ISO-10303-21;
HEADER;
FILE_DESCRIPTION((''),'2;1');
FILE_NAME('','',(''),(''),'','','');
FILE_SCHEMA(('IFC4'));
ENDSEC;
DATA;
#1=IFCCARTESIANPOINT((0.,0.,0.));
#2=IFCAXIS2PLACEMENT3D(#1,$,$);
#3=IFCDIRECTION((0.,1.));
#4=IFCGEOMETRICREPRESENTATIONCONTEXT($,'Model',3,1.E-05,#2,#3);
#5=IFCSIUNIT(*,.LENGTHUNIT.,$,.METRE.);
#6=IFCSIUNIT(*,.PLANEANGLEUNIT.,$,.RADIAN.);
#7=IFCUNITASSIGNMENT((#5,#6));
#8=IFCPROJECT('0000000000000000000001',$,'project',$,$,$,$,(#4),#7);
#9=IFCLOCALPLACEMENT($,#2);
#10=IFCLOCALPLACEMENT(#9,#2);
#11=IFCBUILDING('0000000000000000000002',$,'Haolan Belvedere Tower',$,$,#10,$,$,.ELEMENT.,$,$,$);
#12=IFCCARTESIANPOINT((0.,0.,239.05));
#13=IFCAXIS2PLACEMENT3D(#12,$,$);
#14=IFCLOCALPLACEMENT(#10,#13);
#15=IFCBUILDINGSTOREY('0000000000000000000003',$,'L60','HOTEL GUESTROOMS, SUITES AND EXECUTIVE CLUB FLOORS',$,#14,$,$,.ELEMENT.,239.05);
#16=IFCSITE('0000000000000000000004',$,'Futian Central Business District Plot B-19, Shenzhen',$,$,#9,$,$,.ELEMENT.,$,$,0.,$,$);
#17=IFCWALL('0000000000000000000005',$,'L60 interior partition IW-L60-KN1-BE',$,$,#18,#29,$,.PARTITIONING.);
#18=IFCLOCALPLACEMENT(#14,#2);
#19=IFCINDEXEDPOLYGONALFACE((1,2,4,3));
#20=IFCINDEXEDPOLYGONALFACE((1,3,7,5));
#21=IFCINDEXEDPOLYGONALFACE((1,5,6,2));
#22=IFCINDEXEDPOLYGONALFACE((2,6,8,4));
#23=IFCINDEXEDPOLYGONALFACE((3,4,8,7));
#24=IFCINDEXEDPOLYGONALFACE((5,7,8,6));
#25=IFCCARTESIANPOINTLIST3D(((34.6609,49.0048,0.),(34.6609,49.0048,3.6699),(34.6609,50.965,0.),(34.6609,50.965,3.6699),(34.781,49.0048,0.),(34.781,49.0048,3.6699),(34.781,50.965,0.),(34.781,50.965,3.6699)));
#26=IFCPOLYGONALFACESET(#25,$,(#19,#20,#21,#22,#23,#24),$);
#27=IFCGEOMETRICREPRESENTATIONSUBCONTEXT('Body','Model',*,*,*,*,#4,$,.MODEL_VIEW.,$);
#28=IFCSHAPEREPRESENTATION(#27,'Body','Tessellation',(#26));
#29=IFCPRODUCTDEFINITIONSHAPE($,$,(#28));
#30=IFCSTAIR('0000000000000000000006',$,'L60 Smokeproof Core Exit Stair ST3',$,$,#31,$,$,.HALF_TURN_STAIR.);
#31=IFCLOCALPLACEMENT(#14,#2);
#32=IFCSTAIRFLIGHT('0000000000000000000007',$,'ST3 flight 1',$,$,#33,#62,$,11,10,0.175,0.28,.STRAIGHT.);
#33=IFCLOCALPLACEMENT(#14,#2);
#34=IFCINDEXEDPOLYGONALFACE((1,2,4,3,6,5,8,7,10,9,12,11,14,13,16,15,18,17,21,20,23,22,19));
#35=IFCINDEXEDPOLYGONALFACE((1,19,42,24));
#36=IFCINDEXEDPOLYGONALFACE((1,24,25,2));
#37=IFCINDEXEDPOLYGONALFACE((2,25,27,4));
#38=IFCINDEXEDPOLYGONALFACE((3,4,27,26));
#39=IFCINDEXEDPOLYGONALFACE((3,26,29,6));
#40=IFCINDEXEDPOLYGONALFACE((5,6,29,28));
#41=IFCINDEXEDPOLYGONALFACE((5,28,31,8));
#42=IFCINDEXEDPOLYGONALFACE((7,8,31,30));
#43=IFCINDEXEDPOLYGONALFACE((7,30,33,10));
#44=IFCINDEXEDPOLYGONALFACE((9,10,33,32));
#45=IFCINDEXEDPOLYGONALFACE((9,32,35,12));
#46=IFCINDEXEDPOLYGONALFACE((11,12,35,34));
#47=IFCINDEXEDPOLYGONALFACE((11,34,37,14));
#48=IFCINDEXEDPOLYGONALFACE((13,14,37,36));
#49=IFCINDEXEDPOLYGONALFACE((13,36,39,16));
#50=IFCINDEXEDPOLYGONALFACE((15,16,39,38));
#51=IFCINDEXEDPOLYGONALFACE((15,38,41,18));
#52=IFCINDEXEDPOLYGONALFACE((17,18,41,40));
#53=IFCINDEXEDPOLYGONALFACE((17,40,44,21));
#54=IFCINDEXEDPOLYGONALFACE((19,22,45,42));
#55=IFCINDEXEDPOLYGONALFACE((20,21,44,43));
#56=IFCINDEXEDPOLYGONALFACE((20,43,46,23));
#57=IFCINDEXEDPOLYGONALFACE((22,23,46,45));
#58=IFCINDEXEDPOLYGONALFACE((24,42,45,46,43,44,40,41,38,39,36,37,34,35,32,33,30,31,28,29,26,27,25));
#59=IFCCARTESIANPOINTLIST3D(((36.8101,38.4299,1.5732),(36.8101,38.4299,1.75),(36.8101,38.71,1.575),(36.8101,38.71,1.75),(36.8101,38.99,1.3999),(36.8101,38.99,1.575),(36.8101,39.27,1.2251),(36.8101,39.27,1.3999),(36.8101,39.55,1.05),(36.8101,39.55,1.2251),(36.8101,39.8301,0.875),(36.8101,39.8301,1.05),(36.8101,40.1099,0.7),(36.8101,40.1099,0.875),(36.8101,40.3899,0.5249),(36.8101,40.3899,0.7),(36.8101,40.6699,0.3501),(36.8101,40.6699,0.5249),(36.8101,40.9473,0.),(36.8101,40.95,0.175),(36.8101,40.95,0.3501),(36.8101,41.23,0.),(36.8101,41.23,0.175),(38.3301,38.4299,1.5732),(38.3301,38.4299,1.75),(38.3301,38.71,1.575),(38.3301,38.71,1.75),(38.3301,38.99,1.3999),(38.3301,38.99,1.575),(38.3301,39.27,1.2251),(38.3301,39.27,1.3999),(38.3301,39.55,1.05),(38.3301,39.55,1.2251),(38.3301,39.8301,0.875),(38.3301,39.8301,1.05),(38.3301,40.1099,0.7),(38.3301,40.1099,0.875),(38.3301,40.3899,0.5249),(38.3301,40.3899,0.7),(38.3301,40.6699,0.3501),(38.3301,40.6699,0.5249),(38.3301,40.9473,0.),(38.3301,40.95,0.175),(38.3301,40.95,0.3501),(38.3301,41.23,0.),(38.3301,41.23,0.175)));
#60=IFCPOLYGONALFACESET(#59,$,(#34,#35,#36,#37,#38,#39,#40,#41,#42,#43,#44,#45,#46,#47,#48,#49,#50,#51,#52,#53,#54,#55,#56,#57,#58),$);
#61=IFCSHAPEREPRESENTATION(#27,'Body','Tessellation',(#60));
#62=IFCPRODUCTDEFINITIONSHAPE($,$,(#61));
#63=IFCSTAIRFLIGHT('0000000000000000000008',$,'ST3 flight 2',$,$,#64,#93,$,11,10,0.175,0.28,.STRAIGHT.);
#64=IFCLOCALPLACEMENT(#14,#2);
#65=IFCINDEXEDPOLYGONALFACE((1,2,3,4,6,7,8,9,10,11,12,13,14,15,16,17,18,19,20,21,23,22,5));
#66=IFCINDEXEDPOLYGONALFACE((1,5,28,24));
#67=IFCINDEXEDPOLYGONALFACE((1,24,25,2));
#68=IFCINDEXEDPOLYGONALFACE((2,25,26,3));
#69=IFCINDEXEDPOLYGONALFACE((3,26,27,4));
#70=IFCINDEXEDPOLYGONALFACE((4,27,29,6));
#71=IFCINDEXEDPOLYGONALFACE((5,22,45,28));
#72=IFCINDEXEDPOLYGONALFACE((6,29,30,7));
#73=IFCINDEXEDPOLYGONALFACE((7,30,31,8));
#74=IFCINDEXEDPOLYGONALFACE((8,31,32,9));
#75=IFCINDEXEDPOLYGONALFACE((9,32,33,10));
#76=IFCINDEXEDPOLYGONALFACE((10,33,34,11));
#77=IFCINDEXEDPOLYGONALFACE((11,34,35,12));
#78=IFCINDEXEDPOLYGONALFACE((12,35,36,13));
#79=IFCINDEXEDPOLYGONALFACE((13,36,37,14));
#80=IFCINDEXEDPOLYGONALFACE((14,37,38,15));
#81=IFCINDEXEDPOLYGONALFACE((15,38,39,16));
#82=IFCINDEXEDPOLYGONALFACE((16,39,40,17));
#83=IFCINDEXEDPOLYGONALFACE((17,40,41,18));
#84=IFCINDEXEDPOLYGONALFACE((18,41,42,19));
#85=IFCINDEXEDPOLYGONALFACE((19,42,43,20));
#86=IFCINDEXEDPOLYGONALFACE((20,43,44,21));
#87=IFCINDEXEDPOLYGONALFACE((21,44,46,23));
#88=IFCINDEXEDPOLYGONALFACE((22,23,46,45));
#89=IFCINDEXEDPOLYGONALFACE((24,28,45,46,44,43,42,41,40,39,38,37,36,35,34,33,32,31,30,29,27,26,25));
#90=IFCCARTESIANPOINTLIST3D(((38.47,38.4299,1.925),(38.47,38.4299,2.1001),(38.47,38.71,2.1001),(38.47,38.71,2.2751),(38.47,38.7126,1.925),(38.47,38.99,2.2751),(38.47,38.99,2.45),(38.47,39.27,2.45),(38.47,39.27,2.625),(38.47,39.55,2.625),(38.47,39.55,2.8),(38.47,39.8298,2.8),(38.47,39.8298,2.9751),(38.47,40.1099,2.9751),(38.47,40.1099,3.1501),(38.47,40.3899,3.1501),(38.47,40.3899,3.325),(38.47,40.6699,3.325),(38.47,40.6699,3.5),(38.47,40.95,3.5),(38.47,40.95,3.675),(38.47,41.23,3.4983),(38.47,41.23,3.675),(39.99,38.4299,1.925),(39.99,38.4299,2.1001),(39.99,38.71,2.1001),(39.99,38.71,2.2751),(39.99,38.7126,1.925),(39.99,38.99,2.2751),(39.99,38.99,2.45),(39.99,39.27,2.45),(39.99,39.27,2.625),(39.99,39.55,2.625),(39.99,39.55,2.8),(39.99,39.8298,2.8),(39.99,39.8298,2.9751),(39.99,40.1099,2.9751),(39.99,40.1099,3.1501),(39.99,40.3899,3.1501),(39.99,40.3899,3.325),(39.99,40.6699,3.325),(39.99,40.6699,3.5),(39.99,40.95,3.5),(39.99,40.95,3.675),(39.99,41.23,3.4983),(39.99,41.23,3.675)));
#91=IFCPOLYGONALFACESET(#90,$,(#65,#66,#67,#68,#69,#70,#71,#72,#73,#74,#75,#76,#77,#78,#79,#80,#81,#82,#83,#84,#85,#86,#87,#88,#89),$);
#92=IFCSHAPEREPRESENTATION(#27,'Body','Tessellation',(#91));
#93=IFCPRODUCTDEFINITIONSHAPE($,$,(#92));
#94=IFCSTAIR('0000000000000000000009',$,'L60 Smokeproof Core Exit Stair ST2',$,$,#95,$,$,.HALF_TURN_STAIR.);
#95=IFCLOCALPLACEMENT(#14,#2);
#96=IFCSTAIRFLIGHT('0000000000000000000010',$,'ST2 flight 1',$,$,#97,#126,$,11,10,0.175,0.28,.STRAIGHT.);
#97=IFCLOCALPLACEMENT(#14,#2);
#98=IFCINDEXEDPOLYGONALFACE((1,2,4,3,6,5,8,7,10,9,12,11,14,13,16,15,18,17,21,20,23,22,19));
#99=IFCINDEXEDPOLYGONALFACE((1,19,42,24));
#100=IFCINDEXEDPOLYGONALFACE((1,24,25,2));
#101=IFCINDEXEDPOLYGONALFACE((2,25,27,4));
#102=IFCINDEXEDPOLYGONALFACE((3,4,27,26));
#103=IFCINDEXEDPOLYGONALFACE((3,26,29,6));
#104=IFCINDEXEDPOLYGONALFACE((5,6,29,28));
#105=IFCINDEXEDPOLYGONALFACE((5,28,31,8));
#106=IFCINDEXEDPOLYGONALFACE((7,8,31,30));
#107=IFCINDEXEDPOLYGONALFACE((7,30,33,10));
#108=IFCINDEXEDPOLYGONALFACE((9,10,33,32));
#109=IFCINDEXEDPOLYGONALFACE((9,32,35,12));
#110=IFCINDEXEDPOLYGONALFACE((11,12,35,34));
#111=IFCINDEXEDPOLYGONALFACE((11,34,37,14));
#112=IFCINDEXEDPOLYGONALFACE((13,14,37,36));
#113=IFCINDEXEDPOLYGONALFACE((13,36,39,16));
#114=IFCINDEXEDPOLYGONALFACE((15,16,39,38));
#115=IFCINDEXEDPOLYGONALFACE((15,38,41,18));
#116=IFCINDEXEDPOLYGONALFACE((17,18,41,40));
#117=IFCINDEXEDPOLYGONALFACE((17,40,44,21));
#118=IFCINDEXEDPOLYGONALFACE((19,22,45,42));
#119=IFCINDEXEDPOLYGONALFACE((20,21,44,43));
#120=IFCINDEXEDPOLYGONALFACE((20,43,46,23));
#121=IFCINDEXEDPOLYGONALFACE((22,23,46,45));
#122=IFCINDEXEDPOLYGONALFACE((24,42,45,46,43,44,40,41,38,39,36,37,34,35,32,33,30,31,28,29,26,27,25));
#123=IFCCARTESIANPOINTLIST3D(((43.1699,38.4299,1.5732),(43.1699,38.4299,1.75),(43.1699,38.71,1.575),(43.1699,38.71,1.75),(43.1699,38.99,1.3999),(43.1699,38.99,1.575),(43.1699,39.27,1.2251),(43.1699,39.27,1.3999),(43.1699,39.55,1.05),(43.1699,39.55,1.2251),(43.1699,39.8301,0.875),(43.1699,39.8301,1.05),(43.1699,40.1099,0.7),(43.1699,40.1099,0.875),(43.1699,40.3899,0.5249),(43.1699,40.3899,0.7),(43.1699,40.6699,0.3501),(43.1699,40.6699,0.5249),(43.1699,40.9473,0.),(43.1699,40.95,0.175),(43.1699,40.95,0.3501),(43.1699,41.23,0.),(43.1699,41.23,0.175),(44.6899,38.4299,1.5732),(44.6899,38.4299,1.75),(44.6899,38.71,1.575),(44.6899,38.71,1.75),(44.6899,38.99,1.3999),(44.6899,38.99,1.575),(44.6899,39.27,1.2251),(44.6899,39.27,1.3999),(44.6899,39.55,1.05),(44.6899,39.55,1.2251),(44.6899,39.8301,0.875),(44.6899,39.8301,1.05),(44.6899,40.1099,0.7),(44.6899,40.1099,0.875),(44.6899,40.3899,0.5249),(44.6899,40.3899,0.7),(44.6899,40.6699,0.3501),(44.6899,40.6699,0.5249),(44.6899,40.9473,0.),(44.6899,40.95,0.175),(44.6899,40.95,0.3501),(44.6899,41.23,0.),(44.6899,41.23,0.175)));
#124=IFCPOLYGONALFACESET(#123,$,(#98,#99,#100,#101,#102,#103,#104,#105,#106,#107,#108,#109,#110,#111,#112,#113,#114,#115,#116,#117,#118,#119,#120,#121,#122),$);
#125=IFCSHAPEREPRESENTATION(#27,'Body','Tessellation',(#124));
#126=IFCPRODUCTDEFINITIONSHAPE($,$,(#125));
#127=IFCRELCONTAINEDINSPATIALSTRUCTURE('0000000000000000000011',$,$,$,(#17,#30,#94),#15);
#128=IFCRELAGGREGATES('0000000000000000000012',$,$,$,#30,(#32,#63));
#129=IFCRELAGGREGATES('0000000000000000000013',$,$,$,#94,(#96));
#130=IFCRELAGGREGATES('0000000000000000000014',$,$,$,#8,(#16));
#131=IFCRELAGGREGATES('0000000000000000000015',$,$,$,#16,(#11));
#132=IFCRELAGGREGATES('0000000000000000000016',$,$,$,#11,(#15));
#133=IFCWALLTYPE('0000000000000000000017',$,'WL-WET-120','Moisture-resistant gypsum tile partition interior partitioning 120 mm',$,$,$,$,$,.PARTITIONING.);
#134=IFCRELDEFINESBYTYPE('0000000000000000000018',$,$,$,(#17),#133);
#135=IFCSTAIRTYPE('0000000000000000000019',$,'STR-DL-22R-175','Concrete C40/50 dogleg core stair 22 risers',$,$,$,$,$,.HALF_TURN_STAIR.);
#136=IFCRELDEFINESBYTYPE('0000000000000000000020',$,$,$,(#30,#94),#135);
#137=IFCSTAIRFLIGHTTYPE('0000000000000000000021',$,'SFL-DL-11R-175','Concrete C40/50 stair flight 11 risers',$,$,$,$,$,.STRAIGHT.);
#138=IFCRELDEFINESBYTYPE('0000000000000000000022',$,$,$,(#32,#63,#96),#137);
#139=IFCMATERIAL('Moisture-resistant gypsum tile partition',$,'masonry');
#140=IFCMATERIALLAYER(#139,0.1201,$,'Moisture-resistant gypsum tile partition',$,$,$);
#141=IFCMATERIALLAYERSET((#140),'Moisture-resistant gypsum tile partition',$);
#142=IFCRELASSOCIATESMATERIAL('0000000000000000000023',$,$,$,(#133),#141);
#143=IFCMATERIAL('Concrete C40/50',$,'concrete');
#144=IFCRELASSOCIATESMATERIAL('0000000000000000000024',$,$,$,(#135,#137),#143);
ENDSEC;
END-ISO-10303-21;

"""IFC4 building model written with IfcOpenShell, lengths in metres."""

from ifc_helpers import new_model, si_unit, direction, frame, frame_2d, origin, place, context, subcontext, project, spatial, polyline, rectangle, outline, extrude, material, layer, layer_set, type_object, element, aggregate, save


model = new_model("IFC4")

# Units and contexts
model_context = context("Model", 3, precision=1e-05, world=origin(), true_north=direction((0.0, 1.0)))
body_context = subcontext(model_context, "Body", "Model", "MODEL_VIEW")
ifc_project = project(units=[si_unit("LENGTHUNIT", "METRE"), si_unit("PLANEANGLEUNIT", "RADIAN")], contexts=[model_context])

# Site, building, storey
site_placement = place(None, origin())
site = spatial("IfcSite", under=ifc_project, at=site_placement, Name="Futian Central Business District Plot B-19, Shenzhen", CompositionType="ELEMENT", RefElevation=0.0)
building_placement = place(site_placement, origin())
building = spatial("IfcBuilding", under=site, at=building_placement, Name="Haolan Belvedere Tower", CompositionType="ELEMENT")
storey_placement = place(building_placement, frame((0.0, 0.0, 239.05)))
storey = spatial("IfcBuildingStorey", under=building, at=storey_placement, Name="L60", Description="HOTEL GUESTROOMS, SUITES AND EXECUTIVE CLUB FLOORS", CompositionType="ELEMENT", Elevation=239.05)

# Wall
ifc_material_1 = material(Name="Moisture-resistant gypsum tile partition", Category="masonry")
ifc_layer_1 = layer(ifc_material_1, 0.1201, Name="Moisture-resistant gypsum tile partition")
ifc_layer_set_1 = layer_set([ifc_layer_1], Name="Moisture-resistant gypsum tile partition")
wall_type_1 = type_object("IfcWallType", Name="WL-WET-120", Description="Moisture-resistant gypsum tile partition interior partitioning 120 mm", PredefinedType="PARTITIONING", material=ifc_layer_set_1)
wall_1_placement = place(storey_placement, frame((34.7209, 49.0049, 0.0), z_axis=(0.0, 0.0, 1.0), x_axis=(0.0, 1.0, 0.0)))
element("IfcWall", 1, at=wall_1_placement, inside=storey, type_object=wall_type_1, Name="L60 interior partition IW-L60-KN1-BE", PredefinedType="PARTITIONING", context=body_context, shape_type="SweptSolid", body=[
    extrude(rectangle(XDim=1.9602, YDim=0.1201, at=frame_2d((0.98, 0.0))), origin(), (0.0, 0.0, 1.0), 3.6699),
])

# Stair, stair flights
ifc_material_2 = material(Name="Concrete C40/50", Category="concrete")
stair_type = type_object("IfcStairType", Name="STR-DL-22R-175", Description="Concrete C40/50 dogleg core stair 22 risers", PredefinedType="HALF_TURN_STAIR", material=ifc_material_2)
stair_1_placement = place(storey_placement, origin())
stair_1 = element("IfcStair", 2, at=stair_1_placement, inside=storey, type_object=stair_type, Name="L60 Smokeproof Core Exit Stair ST3", PredefinedType="HALF_TURN_STAIR")
stair_flight_type = type_object("IfcStairFlightType", Name="SFL-DL-11R-175", Description="Concrete C40/50 stair flight 11 risers", PredefinedType="STRAIGHT", material=ifc_material_2)
stair_flight_1_placement = place(storey_placement, frame((37.5701, 41.23, 0.0), z_axis=(0.0, 0.0, 1.0), x_axis=(0.0, -1.0, 0.0)))
stair_flight_1 = element("IfcStairFlight", 3, at=stair_flight_1_placement, type_object=stair_flight_type, Name="ST3 flight 1", NumberOfRisers=11, NumberOfTreads=10, PredefinedType="STRAIGHT", RiserHeight=0.175, TreadLength=0.28, context=body_context, shape_type="SweptSolid", body=[
    extrude(outline(polyline([(0.0, 0.0), (0.0, 0.175), (0.28, 0.175), (0.28, 0.3501), (0.5601, 0.3501), (0.5601, 0.5249), (0.8401, 0.5249), (0.8401, 0.7), (1.1201, 0.7), (1.1201, 0.875), (1.3999, 0.875), (1.3999, 1.05), (1.6799, 1.05), (1.6799, 1.2251), (1.96, 1.2251), (1.96, 1.3999), (2.24, 1.3999), (2.24, 1.575), (2.52, 1.575), (2.52, 1.75), (2.8, 1.75), (2.8, 1.925), (2.8, 1.5732), (0.2827, 0.0), (0.0, 0.0)])), frame((0.0, 0.76, 0.0), z_axis=(0.0, -1.0, 0.0), x_axis=(1.0, 0.0, 0.0)), (0.0, 0.0, 1.0), 1.52),
])
stair_flight_2_placement = place(storey_placement, frame((39.23, 38.4299, 1.925), z_axis=(0.0, 0.0, 1.0), x_axis=(0.0, 1.0, 0.0)))
stair_flight_2 = element("IfcStairFlight", 4, at=stair_flight_2_placement, type_object=stair_flight_type, Name="ST3 flight 2", NumberOfRisers=11, NumberOfTreads=10, PredefinedType="STRAIGHT", RiserHeight=0.175, TreadLength=0.28, context=body_context, shape_type="SweptSolid", body=[
    extrude(outline(polyline([(0.0, 0.0), (0.0, 0.175), (0.28, 0.175), (0.28, 0.3501), (0.5601, 0.3501), (0.5601, 0.5249), (0.8401, 0.5249), (0.8401, 0.7), (1.1201, 0.7), (1.1201, 0.875), (1.3999, 0.875), (1.3999, 1.05), (1.6799, 1.05), (1.6799, 1.2251), (1.96, 1.2251), (1.96, 1.3999), (2.24, 1.3999), (2.24, 1.575), (2.52, 1.575), (2.52, 1.75), (2.8, 1.75), (2.8, 1.925), (2.8, 1.5732), (0.2827, 0.0), (0.0, 0.0)])), frame((0.0, 0.76, 0.0), z_axis=(0.0, -1.0, 0.0), x_axis=(1.0, 0.0, 0.0)), (0.0, 0.0, 1.0), 1.52),
])
aggregate(stair_1, [stair_flight_1, stair_flight_2])

# Stair, stair flight
stair_2_placement = place(storey_placement, origin())
stair_2 = element("IfcStair", 5, at=stair_2_placement, inside=storey, type_object=stair_type, Name="L60 Smokeproof Core Exit Stair ST2", PredefinedType="HALF_TURN_STAIR")
stair_flight_3_placement = place(storey_placement, frame((43.9299, 41.23, 0.0), z_axis=(0.0, 0.0, 1.0), x_axis=(0.0, -1.0, 0.0)))
stair_flight_3 = element("IfcStairFlight", 6, at=stair_flight_3_placement, type_object=stair_flight_type, Name="ST2 flight 1", NumberOfRisers=11, NumberOfTreads=10, PredefinedType="STRAIGHT", RiserHeight=0.175, TreadLength=0.28, context=body_context, shape_type="SweptSolid", body=[
    extrude(outline(polyline([(0.0, 0.0), (0.0, 0.175), (0.28, 0.175), (0.28, 0.3501), (0.5601, 0.3501), (0.5601, 0.5249), (0.8401, 0.5249), (0.8401, 0.7), (1.1201, 0.7), (1.1201, 0.875), (1.3999, 0.875), (1.3999, 1.05), (1.6799, 1.05), (1.6799, 1.2251), (1.96, 1.2251), (1.96, 1.3999), (2.24, 1.3999), (2.24, 1.575), (2.52, 1.575), (2.52, 1.75), (2.8, 1.75), (2.8, 1.925), (2.8, 1.5732), (0.2827, 0.0), (0.0, 0.0)])), frame((0.0, 0.76, 0.0), z_axis=(0.0, -1.0, 0.0), x_axis=(1.0, 0.0, 0.0)), (0.0, 0.0, 1.0), 1.52),
])
aggregate(stair_2, [stair_flight_3])

save(model, "model.ifc")
